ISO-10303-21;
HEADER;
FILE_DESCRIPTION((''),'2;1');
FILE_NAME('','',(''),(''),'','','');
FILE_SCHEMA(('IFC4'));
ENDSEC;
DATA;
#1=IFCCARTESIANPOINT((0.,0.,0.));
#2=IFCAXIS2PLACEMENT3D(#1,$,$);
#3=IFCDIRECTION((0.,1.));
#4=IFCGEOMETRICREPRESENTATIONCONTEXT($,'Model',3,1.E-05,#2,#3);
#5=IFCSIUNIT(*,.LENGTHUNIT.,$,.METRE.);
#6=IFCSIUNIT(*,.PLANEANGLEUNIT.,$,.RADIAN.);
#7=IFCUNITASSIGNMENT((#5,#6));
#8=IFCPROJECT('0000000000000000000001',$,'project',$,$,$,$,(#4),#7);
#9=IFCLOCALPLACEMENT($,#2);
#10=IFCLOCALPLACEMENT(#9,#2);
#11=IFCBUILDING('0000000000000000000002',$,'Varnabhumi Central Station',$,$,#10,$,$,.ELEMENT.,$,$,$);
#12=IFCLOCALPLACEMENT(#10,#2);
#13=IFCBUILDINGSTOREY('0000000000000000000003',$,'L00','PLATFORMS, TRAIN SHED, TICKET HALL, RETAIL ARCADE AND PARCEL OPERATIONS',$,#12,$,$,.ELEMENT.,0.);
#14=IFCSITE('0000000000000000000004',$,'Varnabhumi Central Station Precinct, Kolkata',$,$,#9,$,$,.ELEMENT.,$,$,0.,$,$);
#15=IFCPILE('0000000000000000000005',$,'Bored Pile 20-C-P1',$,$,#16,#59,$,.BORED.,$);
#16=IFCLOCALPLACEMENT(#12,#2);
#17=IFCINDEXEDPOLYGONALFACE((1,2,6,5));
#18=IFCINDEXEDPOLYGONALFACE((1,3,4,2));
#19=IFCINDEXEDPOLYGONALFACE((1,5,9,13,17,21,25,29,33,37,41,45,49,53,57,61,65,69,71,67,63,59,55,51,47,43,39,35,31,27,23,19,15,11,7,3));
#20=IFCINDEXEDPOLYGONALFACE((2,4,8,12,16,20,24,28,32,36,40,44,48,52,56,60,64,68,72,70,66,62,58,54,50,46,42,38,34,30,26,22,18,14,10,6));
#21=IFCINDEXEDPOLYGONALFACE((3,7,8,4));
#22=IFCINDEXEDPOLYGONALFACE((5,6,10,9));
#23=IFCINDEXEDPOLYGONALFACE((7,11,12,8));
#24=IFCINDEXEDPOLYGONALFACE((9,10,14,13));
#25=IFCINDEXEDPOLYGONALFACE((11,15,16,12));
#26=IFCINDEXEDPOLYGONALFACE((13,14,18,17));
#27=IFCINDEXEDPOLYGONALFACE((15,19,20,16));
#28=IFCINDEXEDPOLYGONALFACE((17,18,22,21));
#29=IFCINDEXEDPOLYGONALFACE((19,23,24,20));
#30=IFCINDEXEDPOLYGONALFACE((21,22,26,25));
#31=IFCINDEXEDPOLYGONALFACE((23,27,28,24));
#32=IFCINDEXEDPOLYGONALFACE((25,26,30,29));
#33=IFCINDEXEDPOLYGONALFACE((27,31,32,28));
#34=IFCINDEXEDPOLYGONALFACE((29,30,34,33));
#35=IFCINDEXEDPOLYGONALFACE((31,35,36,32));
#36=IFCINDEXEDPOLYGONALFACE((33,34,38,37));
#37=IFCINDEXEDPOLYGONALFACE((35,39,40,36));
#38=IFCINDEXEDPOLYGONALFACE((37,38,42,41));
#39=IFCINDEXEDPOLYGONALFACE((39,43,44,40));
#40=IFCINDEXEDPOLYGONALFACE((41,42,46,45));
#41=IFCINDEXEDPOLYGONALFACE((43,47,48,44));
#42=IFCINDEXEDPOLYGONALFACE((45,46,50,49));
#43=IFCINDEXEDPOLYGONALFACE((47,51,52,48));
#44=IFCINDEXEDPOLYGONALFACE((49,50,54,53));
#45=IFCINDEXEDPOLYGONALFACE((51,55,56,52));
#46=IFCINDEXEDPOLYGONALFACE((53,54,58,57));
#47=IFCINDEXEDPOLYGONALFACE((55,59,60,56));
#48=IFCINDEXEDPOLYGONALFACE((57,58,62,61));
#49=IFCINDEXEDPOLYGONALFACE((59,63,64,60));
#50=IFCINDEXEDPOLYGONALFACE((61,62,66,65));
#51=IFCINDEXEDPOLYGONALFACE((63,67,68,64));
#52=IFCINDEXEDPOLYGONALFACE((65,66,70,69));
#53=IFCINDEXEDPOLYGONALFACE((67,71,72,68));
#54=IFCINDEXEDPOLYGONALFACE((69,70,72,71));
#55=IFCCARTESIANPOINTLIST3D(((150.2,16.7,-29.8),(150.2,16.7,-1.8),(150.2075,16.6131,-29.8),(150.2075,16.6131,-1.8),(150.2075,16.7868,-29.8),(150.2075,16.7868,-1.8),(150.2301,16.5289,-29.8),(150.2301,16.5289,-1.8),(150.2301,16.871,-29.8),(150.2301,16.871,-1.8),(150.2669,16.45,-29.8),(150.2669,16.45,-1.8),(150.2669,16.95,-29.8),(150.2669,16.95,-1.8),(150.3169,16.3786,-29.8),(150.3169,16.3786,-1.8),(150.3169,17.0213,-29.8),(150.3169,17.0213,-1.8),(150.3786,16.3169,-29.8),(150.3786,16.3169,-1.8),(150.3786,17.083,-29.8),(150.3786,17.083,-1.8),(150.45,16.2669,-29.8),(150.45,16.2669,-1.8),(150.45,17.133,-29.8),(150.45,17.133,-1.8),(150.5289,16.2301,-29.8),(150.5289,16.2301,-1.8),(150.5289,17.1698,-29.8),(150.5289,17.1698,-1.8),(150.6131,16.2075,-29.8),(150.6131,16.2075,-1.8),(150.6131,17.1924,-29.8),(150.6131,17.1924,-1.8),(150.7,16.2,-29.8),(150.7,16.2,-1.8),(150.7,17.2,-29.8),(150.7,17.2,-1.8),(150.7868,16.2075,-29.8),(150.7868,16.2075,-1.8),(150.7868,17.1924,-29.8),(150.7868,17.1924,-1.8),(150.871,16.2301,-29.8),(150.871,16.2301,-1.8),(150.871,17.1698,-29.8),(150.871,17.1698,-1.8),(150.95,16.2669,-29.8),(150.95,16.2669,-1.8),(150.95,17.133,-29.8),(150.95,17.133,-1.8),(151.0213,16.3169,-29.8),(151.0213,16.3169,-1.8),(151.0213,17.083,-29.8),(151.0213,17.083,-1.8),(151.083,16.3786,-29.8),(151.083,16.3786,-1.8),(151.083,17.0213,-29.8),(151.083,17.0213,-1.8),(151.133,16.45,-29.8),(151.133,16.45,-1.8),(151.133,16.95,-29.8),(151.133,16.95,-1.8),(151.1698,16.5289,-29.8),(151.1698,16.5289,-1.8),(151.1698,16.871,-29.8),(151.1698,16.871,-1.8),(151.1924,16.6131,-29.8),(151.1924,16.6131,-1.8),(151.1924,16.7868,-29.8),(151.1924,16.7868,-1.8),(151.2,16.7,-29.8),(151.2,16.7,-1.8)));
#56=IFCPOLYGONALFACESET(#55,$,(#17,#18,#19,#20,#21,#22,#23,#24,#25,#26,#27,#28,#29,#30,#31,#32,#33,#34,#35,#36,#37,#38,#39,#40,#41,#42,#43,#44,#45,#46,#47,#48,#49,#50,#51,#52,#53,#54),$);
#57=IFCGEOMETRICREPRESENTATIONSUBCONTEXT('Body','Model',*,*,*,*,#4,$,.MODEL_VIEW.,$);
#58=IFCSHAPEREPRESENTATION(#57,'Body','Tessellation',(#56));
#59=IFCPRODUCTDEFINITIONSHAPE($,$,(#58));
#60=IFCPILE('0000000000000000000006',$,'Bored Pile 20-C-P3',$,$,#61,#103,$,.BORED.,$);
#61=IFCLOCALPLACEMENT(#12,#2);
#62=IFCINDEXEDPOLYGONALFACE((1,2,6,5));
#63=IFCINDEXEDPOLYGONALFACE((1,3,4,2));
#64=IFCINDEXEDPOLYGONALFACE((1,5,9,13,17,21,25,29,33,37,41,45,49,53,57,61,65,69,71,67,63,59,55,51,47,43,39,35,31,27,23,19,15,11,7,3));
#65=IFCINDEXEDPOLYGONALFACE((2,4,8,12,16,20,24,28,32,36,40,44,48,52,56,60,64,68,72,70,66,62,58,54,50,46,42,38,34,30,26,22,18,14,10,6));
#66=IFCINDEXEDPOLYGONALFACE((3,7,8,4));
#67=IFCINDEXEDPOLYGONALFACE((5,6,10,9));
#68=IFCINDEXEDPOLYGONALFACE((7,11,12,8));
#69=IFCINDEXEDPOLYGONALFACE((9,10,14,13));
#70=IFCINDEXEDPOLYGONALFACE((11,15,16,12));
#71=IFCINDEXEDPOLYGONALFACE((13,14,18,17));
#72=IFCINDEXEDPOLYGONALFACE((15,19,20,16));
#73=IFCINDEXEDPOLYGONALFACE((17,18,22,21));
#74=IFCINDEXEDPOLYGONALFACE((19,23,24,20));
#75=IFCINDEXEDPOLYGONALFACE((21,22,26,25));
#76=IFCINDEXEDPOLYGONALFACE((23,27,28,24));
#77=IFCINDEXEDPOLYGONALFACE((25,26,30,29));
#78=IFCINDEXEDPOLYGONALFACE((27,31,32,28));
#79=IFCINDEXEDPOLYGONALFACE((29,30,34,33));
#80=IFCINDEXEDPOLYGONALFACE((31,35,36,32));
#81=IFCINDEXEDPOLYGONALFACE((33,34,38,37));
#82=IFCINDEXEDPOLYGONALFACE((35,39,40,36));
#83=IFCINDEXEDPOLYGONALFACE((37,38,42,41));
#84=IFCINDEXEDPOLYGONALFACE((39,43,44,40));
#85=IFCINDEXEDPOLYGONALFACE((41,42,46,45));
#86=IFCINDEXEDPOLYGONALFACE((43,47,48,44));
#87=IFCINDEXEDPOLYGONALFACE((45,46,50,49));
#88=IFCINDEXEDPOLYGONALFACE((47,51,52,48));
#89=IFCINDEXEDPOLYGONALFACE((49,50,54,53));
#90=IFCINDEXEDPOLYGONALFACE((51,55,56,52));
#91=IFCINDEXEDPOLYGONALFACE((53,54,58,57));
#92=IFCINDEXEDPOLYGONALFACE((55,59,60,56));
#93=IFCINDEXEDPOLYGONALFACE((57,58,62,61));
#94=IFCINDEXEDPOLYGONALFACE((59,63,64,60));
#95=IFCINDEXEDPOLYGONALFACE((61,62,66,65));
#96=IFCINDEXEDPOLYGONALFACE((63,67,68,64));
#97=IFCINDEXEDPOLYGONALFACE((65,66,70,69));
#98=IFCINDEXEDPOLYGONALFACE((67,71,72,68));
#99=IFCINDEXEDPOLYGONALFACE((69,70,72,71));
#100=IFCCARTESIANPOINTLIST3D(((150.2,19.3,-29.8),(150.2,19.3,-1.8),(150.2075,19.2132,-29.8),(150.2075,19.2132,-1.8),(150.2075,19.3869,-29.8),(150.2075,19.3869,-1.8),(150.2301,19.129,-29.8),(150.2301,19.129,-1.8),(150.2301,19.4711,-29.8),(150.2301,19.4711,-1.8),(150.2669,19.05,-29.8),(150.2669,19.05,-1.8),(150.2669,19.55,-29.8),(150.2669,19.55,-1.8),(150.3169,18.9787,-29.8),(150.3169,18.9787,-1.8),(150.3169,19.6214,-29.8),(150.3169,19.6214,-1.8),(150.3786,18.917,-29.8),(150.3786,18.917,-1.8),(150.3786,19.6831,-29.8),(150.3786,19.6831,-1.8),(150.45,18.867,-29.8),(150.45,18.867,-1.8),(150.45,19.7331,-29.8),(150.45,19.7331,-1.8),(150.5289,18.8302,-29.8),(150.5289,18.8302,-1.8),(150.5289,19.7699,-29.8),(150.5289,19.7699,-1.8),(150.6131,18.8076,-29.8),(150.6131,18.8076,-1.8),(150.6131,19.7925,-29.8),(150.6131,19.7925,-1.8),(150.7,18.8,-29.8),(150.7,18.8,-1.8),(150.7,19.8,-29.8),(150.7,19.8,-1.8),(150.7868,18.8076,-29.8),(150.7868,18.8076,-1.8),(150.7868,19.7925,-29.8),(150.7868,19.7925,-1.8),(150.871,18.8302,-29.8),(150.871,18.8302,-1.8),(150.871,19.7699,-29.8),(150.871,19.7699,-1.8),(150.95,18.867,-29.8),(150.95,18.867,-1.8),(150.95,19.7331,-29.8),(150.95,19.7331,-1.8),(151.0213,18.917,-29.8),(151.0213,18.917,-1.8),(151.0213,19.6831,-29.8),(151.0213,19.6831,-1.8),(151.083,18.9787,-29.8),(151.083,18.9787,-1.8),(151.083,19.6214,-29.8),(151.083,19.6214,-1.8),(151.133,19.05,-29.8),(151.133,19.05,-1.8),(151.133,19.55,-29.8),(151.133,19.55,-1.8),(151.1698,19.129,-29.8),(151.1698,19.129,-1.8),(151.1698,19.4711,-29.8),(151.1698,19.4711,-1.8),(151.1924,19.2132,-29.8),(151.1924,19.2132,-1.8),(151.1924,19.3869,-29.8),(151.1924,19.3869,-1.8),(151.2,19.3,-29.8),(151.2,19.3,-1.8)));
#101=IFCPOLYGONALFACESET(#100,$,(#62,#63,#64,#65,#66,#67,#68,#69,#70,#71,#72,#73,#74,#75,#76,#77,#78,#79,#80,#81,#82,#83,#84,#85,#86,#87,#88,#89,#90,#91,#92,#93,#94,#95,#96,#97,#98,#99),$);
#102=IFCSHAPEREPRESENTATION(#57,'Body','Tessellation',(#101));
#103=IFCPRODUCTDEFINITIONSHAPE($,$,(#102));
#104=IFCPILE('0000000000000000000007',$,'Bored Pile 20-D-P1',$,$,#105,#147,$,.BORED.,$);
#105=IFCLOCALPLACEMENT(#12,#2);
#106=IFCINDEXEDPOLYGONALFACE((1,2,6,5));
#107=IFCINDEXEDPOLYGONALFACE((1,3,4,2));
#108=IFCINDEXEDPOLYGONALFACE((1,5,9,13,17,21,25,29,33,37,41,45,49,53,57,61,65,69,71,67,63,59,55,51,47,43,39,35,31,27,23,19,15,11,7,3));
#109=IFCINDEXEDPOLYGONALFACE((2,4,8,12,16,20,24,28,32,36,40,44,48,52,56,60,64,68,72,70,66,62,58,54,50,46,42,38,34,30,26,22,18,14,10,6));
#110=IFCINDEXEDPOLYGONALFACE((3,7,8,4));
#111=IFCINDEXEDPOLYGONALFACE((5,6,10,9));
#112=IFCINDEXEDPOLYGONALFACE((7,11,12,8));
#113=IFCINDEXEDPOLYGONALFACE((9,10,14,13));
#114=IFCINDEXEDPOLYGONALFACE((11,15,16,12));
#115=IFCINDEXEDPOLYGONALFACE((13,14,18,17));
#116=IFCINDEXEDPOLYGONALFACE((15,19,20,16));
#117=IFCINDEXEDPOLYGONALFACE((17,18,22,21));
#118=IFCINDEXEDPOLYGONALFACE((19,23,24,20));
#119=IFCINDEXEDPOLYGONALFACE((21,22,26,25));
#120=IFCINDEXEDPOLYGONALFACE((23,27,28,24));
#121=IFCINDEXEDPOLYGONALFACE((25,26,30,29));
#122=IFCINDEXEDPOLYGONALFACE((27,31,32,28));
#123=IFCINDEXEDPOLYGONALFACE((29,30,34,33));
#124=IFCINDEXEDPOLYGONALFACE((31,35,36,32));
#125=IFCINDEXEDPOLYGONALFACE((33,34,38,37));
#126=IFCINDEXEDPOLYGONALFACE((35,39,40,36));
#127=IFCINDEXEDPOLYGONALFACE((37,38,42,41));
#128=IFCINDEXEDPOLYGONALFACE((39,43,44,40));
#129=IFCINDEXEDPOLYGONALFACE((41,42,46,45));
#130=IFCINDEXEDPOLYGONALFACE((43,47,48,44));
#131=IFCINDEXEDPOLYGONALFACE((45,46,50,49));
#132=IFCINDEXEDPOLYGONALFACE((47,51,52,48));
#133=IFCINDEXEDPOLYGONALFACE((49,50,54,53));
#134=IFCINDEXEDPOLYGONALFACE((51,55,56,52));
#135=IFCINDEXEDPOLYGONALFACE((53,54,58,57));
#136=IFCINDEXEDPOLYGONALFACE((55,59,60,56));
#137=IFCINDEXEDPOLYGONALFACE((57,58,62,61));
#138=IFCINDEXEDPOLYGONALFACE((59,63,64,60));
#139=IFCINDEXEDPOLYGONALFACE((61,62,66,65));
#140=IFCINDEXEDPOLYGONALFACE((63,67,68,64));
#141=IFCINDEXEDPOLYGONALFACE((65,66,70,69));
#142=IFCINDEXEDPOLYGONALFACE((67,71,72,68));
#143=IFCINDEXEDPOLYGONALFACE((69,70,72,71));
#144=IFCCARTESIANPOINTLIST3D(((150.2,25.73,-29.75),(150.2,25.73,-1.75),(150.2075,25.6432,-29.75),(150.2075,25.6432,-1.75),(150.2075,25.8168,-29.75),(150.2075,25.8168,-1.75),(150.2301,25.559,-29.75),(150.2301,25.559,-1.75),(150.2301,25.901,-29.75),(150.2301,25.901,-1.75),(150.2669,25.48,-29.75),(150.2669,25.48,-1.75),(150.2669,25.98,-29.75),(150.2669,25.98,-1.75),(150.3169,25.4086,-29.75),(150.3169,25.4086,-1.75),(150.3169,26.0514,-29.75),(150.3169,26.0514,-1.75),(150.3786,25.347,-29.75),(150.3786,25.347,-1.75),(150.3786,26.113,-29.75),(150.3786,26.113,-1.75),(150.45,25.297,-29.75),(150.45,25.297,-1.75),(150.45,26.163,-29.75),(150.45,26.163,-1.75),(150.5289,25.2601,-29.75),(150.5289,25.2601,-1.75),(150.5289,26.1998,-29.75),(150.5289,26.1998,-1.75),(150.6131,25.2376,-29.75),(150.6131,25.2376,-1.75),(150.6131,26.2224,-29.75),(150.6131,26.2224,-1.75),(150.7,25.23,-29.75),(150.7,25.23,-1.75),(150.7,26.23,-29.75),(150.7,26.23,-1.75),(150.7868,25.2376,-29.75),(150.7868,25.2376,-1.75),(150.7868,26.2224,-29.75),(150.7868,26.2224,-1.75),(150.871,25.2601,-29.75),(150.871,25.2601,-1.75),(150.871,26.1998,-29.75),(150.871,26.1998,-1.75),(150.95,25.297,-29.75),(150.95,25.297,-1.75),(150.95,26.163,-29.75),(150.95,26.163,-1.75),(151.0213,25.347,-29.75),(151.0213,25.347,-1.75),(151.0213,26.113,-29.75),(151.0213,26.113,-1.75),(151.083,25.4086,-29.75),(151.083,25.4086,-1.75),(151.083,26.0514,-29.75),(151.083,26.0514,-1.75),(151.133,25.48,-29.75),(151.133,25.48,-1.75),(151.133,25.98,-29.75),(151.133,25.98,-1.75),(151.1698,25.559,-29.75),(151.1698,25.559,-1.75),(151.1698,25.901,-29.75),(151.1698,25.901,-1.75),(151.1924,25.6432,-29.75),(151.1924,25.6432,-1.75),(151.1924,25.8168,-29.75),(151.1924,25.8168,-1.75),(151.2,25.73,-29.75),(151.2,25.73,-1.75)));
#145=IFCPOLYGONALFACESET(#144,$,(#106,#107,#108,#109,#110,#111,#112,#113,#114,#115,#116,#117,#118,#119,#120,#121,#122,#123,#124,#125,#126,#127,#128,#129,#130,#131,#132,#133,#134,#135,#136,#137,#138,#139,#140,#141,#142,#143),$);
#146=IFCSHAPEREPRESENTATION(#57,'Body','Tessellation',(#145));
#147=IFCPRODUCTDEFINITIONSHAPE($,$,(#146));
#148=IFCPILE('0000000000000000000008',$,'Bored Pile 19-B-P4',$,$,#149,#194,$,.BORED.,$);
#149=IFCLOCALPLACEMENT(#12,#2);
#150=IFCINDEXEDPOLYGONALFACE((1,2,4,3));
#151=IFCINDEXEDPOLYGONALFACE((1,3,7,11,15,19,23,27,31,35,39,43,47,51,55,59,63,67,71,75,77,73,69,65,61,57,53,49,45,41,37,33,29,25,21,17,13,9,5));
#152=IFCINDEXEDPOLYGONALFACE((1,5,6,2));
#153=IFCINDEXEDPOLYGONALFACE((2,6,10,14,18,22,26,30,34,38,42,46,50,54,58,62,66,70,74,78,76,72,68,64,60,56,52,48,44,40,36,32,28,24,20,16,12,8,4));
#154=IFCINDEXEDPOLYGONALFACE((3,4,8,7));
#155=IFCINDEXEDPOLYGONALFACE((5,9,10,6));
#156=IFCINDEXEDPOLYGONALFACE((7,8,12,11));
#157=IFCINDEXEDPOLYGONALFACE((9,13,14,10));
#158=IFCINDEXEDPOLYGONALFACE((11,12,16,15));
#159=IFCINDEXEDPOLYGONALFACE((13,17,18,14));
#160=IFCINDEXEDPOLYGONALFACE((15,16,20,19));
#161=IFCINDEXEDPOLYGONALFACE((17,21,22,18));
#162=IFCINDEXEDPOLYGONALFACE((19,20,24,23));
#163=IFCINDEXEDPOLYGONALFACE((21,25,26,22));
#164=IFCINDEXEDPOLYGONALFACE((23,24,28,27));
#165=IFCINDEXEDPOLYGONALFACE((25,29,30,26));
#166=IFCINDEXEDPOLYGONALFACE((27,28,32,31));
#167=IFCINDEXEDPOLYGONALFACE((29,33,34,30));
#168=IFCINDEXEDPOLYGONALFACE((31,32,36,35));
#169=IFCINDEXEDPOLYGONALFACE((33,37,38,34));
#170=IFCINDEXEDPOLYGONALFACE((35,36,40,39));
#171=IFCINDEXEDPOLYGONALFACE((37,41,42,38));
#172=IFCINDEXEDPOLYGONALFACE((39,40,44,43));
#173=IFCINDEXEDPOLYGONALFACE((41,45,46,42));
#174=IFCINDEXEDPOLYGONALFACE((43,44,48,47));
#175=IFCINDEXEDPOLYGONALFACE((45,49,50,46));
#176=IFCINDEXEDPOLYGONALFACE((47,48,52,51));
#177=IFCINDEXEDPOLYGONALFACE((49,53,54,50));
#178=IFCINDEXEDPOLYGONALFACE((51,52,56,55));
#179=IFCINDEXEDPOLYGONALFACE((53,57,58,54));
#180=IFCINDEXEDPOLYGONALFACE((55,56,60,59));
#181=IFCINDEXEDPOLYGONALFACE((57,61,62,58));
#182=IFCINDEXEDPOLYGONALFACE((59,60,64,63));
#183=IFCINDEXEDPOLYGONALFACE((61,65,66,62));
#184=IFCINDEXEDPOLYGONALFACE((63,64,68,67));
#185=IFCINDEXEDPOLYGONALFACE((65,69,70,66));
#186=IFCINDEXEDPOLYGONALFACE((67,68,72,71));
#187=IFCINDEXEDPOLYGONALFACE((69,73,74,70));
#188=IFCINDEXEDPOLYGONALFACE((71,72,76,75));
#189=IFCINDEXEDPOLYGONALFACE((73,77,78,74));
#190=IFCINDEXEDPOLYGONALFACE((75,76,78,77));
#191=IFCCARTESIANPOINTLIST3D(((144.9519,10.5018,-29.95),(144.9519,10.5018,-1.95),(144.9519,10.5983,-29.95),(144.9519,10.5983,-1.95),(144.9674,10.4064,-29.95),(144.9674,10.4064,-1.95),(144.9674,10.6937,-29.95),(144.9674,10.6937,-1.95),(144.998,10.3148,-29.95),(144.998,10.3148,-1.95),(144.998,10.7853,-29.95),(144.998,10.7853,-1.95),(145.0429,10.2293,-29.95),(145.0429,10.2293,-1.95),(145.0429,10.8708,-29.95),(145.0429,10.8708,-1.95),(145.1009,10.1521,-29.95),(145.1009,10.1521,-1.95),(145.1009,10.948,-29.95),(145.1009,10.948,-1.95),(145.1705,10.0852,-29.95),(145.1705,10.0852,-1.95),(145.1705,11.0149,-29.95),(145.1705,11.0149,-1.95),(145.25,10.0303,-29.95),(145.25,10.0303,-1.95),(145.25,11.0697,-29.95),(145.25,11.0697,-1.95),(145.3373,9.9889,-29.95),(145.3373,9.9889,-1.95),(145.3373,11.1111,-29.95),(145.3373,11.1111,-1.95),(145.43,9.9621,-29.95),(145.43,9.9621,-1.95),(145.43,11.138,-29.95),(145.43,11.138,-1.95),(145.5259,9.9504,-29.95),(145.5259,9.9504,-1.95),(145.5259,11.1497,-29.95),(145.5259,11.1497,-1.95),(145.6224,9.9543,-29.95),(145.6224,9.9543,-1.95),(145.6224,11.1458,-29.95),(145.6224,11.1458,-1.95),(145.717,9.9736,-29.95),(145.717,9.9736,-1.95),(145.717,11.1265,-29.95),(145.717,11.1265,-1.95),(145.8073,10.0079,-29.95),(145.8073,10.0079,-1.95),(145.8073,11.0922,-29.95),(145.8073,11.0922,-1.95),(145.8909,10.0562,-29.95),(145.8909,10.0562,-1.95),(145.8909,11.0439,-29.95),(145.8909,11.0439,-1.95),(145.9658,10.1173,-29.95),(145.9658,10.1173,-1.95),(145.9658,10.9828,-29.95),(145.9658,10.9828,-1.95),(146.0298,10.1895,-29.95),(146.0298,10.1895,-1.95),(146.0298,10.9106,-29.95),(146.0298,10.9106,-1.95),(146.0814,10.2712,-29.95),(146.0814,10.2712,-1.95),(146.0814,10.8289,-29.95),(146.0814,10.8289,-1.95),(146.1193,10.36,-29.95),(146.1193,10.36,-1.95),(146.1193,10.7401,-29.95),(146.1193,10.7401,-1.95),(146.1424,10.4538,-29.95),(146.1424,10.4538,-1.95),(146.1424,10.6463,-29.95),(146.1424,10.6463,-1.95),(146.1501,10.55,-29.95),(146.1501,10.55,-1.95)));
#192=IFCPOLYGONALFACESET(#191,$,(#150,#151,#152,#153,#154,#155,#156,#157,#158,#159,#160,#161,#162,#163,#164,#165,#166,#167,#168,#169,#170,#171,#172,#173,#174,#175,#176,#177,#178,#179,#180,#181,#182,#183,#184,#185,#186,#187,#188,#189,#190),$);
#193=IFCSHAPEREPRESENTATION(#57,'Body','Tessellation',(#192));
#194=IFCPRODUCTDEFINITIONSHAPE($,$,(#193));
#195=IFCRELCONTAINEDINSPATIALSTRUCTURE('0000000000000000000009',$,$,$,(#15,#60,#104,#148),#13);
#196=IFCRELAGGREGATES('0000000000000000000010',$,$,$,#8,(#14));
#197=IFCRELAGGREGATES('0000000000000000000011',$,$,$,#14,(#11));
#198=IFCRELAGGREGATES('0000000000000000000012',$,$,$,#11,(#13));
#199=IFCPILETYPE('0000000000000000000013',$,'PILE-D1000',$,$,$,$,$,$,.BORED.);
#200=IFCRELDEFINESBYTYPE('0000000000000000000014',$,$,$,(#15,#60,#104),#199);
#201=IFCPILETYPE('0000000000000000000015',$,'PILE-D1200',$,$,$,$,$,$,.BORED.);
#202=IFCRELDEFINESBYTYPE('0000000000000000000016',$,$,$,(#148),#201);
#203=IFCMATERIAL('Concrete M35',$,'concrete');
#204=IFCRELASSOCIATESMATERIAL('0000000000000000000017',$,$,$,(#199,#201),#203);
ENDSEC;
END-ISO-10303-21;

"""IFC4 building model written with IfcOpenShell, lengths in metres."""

from ifc_helpers import new_model, si_unit, direction, frame, origin, origin_2d, place, context, subcontext, project, spatial, circle, extrude, material, material_profile, profile_set, type_object, element, save


model = new_model("IFC4")

# Units and contexts
model_context = context("Model", 3, precision=1e-05, world=origin(), true_north=direction((0.0, 1.0)))
body_context = subcontext(model_context, "Body", "Model", "MODEL_VIEW")
ifc_project = project(units=[si_unit("LENGTHUNIT", "METRE"), si_unit("PLANEANGLEUNIT", "RADIAN")], contexts=[model_context])

# Site, building, storey
site_placement = place(None, origin())
site = spatial("IfcSite", under=ifc_project, at=site_placement, Name="Varnabhumi Central Station Precinct, Kolkata", CompositionType="ELEMENT", RefElevation=0.0)
building_placement = place(site_placement, origin())
building = spatial("IfcBuilding", under=site, at=building_placement, Name="Varnabhumi Central Station", CompositionType="ELEMENT")
storey_placement = place(building_placement, origin())
storey = spatial("IfcBuildingStorey", under=building, at=storey_placement, Name="L00", Description="PLATFORMS, TRAIN SHED, TICKET HALL, RETAIL ARCADE AND PARCEL OPERATIONS", CompositionType="ELEMENT", Elevation=0.0)

# Piles
ifc_material_1 = material(Name="Concrete M35", Category="concrete")
ifc_material_profile_1 = material_profile(ifc_material_1, circle(Radius=0.5, at=origin_2d()), Name="Concrete M35", Category="concrete")
ifc_profile_set_1 = profile_set([ifc_material_profile_1], Name="Concrete M35")
pile_type_1 = type_object("IfcPileType", Name="PILE-D1000", PredefinedType="BORED", material=ifc_profile_set_1)
for number, where, z_axis, x_axis, name in (
    (1, (150.7, 16.7, -1.8), (0.0, 0.0, -1.0), (1.0, 0.0, 0.0), "Bored Pile 20-C-P1"),
    (2, (150.7, 19.3, -1.8), (0.0, 0.0, -1.0), (1.0, 0.0, 0.0), "Bored Pile 20-C-P3"),
    (3, (150.7, 25.73, -1.75), (0.0, 0.0, -1.0), (1.0, 0.0, 0.0), "Bored Pile 20-D-P1"),
):
    element("IfcPile", number, at=place(storey_placement, frame(where, z_axis=z_axis, x_axis=x_axis)), inside=storey, type_object=pile_type_1, Name=name, PredefinedType="BORED", context=body_context, shape_type="SweptSolid", body=[
        extrude(circle(Radius=0.5, at=origin_2d()), origin(), (0.0, 0.0, 1.0), 28.0),
    ])
ifc_material_profile_2 = material_profile(ifc_material_1, circle(Radius=0.6001, at=origin_2d()), Name="Concrete M35", Category="concrete")
ifc_profile_set_2 = profile_set([ifc_material_profile_2], Name="Concrete M35")
pile_type_2 = type_object("IfcPileType", Name="PILE-D1200", PredefinedType="BORED", material=ifc_profile_set_2)
for number, where, z_axis, x_axis, name in (
    (4, (145.55, 10.55, -1.95), (0.0, 0.0, -1.0), (1.0, 0.0, 0.0), "Bored Pile 19-B-P4"),
):
    element("IfcPile", number, at=place(storey_placement, frame(where, z_axis=z_axis, x_axis=x_axis)), inside=storey, type_object=pile_type_2, Name=name, PredefinedType="BORED", context=body_context, shape_type="SweptSolid", body=[
        extrude(circle(Radius=0.6001, at=origin_2d()), origin(), (0.0, 0.0, 1.0), 28.0),
    ])

save(model, "model.ifc")
